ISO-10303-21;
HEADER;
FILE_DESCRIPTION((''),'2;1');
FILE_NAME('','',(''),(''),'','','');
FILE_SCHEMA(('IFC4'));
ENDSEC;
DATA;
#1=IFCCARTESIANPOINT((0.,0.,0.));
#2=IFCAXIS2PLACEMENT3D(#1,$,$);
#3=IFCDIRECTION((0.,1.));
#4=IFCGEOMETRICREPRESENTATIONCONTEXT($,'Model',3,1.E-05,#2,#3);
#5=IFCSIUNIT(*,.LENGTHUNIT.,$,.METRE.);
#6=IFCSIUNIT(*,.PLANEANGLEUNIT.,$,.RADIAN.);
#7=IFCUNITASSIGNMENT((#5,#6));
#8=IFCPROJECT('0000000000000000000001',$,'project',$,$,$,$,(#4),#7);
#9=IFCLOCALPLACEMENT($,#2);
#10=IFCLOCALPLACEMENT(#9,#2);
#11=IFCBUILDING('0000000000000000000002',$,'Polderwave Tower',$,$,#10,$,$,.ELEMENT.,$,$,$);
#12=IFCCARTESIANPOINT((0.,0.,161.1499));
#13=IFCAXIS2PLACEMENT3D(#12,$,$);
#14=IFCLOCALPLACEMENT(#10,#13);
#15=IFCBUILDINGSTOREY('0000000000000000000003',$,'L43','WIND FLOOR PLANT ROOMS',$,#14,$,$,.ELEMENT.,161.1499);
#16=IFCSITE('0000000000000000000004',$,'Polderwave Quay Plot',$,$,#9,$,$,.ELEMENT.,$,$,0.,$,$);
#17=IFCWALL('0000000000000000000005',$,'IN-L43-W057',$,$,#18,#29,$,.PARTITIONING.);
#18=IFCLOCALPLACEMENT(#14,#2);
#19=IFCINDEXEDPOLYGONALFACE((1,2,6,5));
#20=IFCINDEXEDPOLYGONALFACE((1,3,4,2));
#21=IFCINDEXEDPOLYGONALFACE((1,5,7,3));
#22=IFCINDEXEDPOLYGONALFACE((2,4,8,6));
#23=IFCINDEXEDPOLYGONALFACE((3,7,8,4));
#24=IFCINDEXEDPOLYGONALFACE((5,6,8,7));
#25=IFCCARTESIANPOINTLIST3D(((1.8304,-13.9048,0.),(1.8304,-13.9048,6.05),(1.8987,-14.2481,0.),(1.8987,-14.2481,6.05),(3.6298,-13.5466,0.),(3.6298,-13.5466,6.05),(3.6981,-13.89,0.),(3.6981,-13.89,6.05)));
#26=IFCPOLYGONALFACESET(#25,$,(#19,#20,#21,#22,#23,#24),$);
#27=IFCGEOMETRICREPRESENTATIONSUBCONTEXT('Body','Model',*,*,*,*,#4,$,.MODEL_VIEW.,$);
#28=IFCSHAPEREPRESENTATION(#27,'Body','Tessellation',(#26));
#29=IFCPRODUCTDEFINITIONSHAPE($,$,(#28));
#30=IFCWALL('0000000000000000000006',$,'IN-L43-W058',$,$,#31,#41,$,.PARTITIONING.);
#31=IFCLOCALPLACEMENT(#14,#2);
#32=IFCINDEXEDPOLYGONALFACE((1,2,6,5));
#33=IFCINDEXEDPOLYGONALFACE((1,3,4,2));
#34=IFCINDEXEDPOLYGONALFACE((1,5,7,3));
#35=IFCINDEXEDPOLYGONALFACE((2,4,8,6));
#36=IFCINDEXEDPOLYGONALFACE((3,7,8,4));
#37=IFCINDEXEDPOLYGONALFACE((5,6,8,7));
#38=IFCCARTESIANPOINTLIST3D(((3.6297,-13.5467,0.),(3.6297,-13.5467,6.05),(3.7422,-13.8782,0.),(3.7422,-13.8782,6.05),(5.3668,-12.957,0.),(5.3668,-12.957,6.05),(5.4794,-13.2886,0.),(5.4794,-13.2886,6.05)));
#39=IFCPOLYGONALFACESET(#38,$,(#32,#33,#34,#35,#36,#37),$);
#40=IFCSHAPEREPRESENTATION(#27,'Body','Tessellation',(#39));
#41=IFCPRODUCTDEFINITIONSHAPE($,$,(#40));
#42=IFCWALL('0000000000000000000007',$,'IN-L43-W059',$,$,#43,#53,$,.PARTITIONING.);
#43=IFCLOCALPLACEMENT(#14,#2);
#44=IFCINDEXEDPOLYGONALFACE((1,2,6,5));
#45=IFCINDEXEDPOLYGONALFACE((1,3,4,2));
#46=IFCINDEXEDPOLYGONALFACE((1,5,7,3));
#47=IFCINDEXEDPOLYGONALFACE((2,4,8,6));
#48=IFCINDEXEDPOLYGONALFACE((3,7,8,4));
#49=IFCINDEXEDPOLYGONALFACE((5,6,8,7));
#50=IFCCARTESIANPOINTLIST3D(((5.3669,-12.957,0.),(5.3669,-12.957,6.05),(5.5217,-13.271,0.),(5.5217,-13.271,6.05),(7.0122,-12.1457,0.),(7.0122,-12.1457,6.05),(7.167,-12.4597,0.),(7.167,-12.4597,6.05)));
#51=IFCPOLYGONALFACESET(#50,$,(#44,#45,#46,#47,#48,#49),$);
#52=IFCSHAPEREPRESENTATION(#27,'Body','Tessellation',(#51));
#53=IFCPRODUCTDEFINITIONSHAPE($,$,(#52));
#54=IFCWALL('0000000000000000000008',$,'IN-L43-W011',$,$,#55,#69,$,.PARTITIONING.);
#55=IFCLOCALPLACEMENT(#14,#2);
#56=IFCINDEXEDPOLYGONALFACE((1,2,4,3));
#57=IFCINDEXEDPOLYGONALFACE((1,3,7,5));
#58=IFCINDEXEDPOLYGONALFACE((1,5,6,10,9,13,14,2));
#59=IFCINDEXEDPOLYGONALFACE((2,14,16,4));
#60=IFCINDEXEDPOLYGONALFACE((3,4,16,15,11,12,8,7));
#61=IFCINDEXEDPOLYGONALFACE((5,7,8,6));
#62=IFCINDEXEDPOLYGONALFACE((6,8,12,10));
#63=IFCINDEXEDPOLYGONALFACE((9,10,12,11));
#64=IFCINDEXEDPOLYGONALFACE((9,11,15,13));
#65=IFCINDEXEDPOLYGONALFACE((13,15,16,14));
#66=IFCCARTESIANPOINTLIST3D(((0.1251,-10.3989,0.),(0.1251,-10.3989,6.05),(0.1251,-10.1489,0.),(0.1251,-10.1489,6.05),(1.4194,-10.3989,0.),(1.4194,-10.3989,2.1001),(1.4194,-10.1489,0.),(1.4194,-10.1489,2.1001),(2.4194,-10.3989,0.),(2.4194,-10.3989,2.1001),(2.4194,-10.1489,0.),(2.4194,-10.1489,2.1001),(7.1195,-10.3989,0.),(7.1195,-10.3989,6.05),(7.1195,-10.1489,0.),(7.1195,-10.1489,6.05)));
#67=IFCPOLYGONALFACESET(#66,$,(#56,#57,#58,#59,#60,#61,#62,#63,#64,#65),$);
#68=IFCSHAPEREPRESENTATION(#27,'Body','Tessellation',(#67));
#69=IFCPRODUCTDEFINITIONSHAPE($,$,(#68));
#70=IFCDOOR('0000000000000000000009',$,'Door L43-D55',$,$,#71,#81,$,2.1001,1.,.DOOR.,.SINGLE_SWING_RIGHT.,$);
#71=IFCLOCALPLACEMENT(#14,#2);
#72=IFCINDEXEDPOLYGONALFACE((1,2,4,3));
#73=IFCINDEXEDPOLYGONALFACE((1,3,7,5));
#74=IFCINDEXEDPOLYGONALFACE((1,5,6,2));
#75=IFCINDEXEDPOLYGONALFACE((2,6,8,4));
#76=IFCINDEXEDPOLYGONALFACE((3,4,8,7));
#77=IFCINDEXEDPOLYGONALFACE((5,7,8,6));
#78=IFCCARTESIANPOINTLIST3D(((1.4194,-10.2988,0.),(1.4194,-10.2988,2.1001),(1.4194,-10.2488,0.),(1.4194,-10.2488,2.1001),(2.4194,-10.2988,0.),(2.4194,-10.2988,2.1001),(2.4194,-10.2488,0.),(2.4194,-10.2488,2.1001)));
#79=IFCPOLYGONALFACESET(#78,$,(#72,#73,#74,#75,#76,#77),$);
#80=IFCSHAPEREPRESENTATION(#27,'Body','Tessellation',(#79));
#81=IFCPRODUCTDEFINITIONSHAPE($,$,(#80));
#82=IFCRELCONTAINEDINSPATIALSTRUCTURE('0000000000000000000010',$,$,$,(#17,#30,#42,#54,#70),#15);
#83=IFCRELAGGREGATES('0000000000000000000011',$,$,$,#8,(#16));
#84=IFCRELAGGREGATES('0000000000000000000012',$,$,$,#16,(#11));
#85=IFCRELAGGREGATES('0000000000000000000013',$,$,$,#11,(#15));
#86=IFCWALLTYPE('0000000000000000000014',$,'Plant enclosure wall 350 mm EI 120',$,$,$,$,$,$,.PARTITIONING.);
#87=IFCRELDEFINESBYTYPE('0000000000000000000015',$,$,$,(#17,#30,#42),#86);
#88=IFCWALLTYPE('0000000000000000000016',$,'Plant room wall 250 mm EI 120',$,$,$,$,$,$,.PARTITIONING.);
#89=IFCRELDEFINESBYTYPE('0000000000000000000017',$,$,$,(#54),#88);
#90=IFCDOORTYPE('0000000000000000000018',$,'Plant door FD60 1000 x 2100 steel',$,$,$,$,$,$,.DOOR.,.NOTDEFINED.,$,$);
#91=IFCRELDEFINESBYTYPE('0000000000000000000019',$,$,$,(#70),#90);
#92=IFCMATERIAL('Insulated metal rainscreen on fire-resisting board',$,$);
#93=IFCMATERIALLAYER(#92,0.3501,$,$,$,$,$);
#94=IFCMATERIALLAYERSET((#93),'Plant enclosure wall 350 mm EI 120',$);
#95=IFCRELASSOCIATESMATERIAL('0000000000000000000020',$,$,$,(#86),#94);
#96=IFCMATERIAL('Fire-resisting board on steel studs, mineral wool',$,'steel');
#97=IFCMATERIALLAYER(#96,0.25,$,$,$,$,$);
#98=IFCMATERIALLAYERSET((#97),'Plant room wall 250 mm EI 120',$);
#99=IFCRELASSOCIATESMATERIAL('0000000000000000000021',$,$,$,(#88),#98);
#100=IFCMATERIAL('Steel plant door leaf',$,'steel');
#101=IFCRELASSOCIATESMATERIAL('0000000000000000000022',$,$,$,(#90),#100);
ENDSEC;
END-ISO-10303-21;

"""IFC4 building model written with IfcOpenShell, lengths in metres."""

from ifc_helpers import new_model, si_unit, direction, frame, frame_2d, origin, place, context, subcontext, project, spatial, rectangle, extrude, material, layer, layer_set, type_object, element, fill, save


model = new_model("IFC4")

# Units and contexts
model_context = context("Model", 3, precision=1e-05, world=origin(), true_north=direction((0.0, 1.0)))
body_context = subcontext(model_context, "Body", "Model", "MODEL_VIEW")
ifc_project = project(units=[si_unit("LENGTHUNIT", "METRE"), si_unit("PLANEANGLEUNIT", "RADIAN")], contexts=[model_context])

# Site, building, storey
site_placement = place(None, origin())
site = spatial("IfcSite", under=ifc_project, at=site_placement, Name="Polderwave Quay Plot", CompositionType="ELEMENT", RefElevation=0.0)
building_placement = place(site_placement, origin())
building = spatial("IfcBuilding", under=site, at=building_placement, Name="Polderwave Tower", CompositionType="ELEMENT")
storey_placement = place(building_placement, frame((0.0, 0.0, 161.1499)))
storey = spatial("IfcBuildingStorey", under=building, at=storey_placement, Name="L43", Description="WIND FLOOR PLANT ROOMS", CompositionType="ELEMENT", Elevation=161.1499)

# Walls
ifc_material_1 = material(Name="Insulated metal rainscreen on fire-resisting board")
ifc_layer_1 = layer(ifc_material_1, 0.3501)
ifc_layer_set_1 = layer_set([ifc_layer_1], Name="Plant enclosure wall 350 mm EI 120")
wall_type_1 = type_object("IfcWallType", Name="Plant enclosure wall 350 mm EI 120", PredefinedType="PARTITIONING", material=ifc_layer_set_1)
wall_1_placement = place(storey_placement, frame((3.6641, -13.7183, 0.0), z_axis=(0.0, 0.0, 1.0), x_axis=(-0.980759, -0.19522, 0.0)))
element("IfcWall", 1, at=wall_1_placement, inside=storey, type_object=wall_type_1, Name="IN-L43-W057", PredefinedType="PARTITIONING", context=body_context, shape_type="SweptSolid", body=[
    extrude(rectangle(XDim=1.8347, YDim=0.3501, at=frame_2d((0.9175, 0.0))), origin(), (0.0, 0.0, 1.0), 6.05),
])
for number, where, z_axis, x_axis, name in (
    (2, (5.4231, -13.1228, 0.0), (0.0, 0.0, 1.0), (-0.946939, -0.321414, 0.0), "IN-L43-W058"),
    (3, (7.0896, -12.3027, 0.0), (0.0, 0.0, 1.0), (-0.896889, -0.442256, 0.0), "IN-L43-W059"),
):
    element("IfcWall", number, at=place(storey_placement, frame(where, z_axis=z_axis, x_axis=x_axis)), inside=storey, type_object=wall_type_1, Name=name, PredefinedType="PARTITIONING", context=body_context, shape_type="SweptSolid", body=[
        extrude(rectangle(XDim=1.8345, YDim=0.3501, at=frame_2d((0.9172, 0.0))), origin(), (0.0, 0.0, 1.0), 6.05),
    ])

# Wall, opening, door
ifc_material_2 = material(Name="Fire-resisting board on steel studs, mineral wool", Category="steel")
ifc_layer_2 = layer(ifc_material_2, 0.25)
ifc_layer_set_2 = layer_set([ifc_layer_2], Name="Plant room wall 250 mm EI 120")
wall_type_2 = type_object("IfcWallType", Name="Plant room wall 250 mm EI 120", PredefinedType="PARTITIONING", material=ifc_layer_set_2)
wall_2_placement = place(storey_placement, frame((7.1194, -10.2739, 0.0), z_axis=(0.0, 0.0, 1.0), x_axis=(-1.0, 0.0, 0.0)))
wall_2 = element("IfcWall", 4, at=wall_2_placement, inside=storey, type_object=wall_type_2, Name="IN-L43-W011", PredefinedType="PARTITIONING", context=body_context, shape_type="SweptSolid", body=[
    extrude(rectangle(XDim=6.9944, YDim=0.25, at=frame_2d((3.4971, 0.0))), origin(), (0.0, 0.0, 1.0), 6.05),
])
opening_placement = place(wall_2_placement, frame((4.7, 0.0, 0.0)))
opening = element("IfcOpeningElement", 5, at=opening_placement, cuts=wall_2, PredefinedType="OPENING", context=body_context, shape_type="SweptSolid", body=[
    extrude(rectangle(XDim=1.0, YDim=2.1001, at=frame_2d((0.5, 1.05))), frame((0.0, 0.135, 0.0), z_axis=(0.0, -1.0, 0.0), x_axis=(1.0, 0.0, 0.0)), (0.0, 0.0, 1.0), 0.27),
])
ifc_material_3 = material(Name="Steel plant door leaf", Category="steel")
door_type = type_object("IfcDoorType", Name="Plant door FD60 1000 x 2100 steel", OperationType="NOTDEFINED", PredefinedType="DOOR", material=ifc_material_3)
door_placement = place(opening_placement, origin())
door = element("IfcDoor", 6, at=door_placement, inside=storey, type_object=door_type, Name="Door L43-D55", OperationType="SINGLE_SWING_RIGHT", OverallHeight=2.1001, OverallWidth=1.0, PredefinedType="DOOR", context=body_context, shape_type="SweptSolid", body=[
    extrude(rectangle(XDim=1.0, YDim=2.1001, at=frame_2d((0.5, 1.05))), frame((0.0, 0.0249, 0.0), z_axis=(0.0, -1.0, 0.0), x_axis=(1.0, 0.0, 0.0)), (0.0, 0.0, 1.0), 0.05),
])
fill(opening, door)

save(model, "model.ifc")
